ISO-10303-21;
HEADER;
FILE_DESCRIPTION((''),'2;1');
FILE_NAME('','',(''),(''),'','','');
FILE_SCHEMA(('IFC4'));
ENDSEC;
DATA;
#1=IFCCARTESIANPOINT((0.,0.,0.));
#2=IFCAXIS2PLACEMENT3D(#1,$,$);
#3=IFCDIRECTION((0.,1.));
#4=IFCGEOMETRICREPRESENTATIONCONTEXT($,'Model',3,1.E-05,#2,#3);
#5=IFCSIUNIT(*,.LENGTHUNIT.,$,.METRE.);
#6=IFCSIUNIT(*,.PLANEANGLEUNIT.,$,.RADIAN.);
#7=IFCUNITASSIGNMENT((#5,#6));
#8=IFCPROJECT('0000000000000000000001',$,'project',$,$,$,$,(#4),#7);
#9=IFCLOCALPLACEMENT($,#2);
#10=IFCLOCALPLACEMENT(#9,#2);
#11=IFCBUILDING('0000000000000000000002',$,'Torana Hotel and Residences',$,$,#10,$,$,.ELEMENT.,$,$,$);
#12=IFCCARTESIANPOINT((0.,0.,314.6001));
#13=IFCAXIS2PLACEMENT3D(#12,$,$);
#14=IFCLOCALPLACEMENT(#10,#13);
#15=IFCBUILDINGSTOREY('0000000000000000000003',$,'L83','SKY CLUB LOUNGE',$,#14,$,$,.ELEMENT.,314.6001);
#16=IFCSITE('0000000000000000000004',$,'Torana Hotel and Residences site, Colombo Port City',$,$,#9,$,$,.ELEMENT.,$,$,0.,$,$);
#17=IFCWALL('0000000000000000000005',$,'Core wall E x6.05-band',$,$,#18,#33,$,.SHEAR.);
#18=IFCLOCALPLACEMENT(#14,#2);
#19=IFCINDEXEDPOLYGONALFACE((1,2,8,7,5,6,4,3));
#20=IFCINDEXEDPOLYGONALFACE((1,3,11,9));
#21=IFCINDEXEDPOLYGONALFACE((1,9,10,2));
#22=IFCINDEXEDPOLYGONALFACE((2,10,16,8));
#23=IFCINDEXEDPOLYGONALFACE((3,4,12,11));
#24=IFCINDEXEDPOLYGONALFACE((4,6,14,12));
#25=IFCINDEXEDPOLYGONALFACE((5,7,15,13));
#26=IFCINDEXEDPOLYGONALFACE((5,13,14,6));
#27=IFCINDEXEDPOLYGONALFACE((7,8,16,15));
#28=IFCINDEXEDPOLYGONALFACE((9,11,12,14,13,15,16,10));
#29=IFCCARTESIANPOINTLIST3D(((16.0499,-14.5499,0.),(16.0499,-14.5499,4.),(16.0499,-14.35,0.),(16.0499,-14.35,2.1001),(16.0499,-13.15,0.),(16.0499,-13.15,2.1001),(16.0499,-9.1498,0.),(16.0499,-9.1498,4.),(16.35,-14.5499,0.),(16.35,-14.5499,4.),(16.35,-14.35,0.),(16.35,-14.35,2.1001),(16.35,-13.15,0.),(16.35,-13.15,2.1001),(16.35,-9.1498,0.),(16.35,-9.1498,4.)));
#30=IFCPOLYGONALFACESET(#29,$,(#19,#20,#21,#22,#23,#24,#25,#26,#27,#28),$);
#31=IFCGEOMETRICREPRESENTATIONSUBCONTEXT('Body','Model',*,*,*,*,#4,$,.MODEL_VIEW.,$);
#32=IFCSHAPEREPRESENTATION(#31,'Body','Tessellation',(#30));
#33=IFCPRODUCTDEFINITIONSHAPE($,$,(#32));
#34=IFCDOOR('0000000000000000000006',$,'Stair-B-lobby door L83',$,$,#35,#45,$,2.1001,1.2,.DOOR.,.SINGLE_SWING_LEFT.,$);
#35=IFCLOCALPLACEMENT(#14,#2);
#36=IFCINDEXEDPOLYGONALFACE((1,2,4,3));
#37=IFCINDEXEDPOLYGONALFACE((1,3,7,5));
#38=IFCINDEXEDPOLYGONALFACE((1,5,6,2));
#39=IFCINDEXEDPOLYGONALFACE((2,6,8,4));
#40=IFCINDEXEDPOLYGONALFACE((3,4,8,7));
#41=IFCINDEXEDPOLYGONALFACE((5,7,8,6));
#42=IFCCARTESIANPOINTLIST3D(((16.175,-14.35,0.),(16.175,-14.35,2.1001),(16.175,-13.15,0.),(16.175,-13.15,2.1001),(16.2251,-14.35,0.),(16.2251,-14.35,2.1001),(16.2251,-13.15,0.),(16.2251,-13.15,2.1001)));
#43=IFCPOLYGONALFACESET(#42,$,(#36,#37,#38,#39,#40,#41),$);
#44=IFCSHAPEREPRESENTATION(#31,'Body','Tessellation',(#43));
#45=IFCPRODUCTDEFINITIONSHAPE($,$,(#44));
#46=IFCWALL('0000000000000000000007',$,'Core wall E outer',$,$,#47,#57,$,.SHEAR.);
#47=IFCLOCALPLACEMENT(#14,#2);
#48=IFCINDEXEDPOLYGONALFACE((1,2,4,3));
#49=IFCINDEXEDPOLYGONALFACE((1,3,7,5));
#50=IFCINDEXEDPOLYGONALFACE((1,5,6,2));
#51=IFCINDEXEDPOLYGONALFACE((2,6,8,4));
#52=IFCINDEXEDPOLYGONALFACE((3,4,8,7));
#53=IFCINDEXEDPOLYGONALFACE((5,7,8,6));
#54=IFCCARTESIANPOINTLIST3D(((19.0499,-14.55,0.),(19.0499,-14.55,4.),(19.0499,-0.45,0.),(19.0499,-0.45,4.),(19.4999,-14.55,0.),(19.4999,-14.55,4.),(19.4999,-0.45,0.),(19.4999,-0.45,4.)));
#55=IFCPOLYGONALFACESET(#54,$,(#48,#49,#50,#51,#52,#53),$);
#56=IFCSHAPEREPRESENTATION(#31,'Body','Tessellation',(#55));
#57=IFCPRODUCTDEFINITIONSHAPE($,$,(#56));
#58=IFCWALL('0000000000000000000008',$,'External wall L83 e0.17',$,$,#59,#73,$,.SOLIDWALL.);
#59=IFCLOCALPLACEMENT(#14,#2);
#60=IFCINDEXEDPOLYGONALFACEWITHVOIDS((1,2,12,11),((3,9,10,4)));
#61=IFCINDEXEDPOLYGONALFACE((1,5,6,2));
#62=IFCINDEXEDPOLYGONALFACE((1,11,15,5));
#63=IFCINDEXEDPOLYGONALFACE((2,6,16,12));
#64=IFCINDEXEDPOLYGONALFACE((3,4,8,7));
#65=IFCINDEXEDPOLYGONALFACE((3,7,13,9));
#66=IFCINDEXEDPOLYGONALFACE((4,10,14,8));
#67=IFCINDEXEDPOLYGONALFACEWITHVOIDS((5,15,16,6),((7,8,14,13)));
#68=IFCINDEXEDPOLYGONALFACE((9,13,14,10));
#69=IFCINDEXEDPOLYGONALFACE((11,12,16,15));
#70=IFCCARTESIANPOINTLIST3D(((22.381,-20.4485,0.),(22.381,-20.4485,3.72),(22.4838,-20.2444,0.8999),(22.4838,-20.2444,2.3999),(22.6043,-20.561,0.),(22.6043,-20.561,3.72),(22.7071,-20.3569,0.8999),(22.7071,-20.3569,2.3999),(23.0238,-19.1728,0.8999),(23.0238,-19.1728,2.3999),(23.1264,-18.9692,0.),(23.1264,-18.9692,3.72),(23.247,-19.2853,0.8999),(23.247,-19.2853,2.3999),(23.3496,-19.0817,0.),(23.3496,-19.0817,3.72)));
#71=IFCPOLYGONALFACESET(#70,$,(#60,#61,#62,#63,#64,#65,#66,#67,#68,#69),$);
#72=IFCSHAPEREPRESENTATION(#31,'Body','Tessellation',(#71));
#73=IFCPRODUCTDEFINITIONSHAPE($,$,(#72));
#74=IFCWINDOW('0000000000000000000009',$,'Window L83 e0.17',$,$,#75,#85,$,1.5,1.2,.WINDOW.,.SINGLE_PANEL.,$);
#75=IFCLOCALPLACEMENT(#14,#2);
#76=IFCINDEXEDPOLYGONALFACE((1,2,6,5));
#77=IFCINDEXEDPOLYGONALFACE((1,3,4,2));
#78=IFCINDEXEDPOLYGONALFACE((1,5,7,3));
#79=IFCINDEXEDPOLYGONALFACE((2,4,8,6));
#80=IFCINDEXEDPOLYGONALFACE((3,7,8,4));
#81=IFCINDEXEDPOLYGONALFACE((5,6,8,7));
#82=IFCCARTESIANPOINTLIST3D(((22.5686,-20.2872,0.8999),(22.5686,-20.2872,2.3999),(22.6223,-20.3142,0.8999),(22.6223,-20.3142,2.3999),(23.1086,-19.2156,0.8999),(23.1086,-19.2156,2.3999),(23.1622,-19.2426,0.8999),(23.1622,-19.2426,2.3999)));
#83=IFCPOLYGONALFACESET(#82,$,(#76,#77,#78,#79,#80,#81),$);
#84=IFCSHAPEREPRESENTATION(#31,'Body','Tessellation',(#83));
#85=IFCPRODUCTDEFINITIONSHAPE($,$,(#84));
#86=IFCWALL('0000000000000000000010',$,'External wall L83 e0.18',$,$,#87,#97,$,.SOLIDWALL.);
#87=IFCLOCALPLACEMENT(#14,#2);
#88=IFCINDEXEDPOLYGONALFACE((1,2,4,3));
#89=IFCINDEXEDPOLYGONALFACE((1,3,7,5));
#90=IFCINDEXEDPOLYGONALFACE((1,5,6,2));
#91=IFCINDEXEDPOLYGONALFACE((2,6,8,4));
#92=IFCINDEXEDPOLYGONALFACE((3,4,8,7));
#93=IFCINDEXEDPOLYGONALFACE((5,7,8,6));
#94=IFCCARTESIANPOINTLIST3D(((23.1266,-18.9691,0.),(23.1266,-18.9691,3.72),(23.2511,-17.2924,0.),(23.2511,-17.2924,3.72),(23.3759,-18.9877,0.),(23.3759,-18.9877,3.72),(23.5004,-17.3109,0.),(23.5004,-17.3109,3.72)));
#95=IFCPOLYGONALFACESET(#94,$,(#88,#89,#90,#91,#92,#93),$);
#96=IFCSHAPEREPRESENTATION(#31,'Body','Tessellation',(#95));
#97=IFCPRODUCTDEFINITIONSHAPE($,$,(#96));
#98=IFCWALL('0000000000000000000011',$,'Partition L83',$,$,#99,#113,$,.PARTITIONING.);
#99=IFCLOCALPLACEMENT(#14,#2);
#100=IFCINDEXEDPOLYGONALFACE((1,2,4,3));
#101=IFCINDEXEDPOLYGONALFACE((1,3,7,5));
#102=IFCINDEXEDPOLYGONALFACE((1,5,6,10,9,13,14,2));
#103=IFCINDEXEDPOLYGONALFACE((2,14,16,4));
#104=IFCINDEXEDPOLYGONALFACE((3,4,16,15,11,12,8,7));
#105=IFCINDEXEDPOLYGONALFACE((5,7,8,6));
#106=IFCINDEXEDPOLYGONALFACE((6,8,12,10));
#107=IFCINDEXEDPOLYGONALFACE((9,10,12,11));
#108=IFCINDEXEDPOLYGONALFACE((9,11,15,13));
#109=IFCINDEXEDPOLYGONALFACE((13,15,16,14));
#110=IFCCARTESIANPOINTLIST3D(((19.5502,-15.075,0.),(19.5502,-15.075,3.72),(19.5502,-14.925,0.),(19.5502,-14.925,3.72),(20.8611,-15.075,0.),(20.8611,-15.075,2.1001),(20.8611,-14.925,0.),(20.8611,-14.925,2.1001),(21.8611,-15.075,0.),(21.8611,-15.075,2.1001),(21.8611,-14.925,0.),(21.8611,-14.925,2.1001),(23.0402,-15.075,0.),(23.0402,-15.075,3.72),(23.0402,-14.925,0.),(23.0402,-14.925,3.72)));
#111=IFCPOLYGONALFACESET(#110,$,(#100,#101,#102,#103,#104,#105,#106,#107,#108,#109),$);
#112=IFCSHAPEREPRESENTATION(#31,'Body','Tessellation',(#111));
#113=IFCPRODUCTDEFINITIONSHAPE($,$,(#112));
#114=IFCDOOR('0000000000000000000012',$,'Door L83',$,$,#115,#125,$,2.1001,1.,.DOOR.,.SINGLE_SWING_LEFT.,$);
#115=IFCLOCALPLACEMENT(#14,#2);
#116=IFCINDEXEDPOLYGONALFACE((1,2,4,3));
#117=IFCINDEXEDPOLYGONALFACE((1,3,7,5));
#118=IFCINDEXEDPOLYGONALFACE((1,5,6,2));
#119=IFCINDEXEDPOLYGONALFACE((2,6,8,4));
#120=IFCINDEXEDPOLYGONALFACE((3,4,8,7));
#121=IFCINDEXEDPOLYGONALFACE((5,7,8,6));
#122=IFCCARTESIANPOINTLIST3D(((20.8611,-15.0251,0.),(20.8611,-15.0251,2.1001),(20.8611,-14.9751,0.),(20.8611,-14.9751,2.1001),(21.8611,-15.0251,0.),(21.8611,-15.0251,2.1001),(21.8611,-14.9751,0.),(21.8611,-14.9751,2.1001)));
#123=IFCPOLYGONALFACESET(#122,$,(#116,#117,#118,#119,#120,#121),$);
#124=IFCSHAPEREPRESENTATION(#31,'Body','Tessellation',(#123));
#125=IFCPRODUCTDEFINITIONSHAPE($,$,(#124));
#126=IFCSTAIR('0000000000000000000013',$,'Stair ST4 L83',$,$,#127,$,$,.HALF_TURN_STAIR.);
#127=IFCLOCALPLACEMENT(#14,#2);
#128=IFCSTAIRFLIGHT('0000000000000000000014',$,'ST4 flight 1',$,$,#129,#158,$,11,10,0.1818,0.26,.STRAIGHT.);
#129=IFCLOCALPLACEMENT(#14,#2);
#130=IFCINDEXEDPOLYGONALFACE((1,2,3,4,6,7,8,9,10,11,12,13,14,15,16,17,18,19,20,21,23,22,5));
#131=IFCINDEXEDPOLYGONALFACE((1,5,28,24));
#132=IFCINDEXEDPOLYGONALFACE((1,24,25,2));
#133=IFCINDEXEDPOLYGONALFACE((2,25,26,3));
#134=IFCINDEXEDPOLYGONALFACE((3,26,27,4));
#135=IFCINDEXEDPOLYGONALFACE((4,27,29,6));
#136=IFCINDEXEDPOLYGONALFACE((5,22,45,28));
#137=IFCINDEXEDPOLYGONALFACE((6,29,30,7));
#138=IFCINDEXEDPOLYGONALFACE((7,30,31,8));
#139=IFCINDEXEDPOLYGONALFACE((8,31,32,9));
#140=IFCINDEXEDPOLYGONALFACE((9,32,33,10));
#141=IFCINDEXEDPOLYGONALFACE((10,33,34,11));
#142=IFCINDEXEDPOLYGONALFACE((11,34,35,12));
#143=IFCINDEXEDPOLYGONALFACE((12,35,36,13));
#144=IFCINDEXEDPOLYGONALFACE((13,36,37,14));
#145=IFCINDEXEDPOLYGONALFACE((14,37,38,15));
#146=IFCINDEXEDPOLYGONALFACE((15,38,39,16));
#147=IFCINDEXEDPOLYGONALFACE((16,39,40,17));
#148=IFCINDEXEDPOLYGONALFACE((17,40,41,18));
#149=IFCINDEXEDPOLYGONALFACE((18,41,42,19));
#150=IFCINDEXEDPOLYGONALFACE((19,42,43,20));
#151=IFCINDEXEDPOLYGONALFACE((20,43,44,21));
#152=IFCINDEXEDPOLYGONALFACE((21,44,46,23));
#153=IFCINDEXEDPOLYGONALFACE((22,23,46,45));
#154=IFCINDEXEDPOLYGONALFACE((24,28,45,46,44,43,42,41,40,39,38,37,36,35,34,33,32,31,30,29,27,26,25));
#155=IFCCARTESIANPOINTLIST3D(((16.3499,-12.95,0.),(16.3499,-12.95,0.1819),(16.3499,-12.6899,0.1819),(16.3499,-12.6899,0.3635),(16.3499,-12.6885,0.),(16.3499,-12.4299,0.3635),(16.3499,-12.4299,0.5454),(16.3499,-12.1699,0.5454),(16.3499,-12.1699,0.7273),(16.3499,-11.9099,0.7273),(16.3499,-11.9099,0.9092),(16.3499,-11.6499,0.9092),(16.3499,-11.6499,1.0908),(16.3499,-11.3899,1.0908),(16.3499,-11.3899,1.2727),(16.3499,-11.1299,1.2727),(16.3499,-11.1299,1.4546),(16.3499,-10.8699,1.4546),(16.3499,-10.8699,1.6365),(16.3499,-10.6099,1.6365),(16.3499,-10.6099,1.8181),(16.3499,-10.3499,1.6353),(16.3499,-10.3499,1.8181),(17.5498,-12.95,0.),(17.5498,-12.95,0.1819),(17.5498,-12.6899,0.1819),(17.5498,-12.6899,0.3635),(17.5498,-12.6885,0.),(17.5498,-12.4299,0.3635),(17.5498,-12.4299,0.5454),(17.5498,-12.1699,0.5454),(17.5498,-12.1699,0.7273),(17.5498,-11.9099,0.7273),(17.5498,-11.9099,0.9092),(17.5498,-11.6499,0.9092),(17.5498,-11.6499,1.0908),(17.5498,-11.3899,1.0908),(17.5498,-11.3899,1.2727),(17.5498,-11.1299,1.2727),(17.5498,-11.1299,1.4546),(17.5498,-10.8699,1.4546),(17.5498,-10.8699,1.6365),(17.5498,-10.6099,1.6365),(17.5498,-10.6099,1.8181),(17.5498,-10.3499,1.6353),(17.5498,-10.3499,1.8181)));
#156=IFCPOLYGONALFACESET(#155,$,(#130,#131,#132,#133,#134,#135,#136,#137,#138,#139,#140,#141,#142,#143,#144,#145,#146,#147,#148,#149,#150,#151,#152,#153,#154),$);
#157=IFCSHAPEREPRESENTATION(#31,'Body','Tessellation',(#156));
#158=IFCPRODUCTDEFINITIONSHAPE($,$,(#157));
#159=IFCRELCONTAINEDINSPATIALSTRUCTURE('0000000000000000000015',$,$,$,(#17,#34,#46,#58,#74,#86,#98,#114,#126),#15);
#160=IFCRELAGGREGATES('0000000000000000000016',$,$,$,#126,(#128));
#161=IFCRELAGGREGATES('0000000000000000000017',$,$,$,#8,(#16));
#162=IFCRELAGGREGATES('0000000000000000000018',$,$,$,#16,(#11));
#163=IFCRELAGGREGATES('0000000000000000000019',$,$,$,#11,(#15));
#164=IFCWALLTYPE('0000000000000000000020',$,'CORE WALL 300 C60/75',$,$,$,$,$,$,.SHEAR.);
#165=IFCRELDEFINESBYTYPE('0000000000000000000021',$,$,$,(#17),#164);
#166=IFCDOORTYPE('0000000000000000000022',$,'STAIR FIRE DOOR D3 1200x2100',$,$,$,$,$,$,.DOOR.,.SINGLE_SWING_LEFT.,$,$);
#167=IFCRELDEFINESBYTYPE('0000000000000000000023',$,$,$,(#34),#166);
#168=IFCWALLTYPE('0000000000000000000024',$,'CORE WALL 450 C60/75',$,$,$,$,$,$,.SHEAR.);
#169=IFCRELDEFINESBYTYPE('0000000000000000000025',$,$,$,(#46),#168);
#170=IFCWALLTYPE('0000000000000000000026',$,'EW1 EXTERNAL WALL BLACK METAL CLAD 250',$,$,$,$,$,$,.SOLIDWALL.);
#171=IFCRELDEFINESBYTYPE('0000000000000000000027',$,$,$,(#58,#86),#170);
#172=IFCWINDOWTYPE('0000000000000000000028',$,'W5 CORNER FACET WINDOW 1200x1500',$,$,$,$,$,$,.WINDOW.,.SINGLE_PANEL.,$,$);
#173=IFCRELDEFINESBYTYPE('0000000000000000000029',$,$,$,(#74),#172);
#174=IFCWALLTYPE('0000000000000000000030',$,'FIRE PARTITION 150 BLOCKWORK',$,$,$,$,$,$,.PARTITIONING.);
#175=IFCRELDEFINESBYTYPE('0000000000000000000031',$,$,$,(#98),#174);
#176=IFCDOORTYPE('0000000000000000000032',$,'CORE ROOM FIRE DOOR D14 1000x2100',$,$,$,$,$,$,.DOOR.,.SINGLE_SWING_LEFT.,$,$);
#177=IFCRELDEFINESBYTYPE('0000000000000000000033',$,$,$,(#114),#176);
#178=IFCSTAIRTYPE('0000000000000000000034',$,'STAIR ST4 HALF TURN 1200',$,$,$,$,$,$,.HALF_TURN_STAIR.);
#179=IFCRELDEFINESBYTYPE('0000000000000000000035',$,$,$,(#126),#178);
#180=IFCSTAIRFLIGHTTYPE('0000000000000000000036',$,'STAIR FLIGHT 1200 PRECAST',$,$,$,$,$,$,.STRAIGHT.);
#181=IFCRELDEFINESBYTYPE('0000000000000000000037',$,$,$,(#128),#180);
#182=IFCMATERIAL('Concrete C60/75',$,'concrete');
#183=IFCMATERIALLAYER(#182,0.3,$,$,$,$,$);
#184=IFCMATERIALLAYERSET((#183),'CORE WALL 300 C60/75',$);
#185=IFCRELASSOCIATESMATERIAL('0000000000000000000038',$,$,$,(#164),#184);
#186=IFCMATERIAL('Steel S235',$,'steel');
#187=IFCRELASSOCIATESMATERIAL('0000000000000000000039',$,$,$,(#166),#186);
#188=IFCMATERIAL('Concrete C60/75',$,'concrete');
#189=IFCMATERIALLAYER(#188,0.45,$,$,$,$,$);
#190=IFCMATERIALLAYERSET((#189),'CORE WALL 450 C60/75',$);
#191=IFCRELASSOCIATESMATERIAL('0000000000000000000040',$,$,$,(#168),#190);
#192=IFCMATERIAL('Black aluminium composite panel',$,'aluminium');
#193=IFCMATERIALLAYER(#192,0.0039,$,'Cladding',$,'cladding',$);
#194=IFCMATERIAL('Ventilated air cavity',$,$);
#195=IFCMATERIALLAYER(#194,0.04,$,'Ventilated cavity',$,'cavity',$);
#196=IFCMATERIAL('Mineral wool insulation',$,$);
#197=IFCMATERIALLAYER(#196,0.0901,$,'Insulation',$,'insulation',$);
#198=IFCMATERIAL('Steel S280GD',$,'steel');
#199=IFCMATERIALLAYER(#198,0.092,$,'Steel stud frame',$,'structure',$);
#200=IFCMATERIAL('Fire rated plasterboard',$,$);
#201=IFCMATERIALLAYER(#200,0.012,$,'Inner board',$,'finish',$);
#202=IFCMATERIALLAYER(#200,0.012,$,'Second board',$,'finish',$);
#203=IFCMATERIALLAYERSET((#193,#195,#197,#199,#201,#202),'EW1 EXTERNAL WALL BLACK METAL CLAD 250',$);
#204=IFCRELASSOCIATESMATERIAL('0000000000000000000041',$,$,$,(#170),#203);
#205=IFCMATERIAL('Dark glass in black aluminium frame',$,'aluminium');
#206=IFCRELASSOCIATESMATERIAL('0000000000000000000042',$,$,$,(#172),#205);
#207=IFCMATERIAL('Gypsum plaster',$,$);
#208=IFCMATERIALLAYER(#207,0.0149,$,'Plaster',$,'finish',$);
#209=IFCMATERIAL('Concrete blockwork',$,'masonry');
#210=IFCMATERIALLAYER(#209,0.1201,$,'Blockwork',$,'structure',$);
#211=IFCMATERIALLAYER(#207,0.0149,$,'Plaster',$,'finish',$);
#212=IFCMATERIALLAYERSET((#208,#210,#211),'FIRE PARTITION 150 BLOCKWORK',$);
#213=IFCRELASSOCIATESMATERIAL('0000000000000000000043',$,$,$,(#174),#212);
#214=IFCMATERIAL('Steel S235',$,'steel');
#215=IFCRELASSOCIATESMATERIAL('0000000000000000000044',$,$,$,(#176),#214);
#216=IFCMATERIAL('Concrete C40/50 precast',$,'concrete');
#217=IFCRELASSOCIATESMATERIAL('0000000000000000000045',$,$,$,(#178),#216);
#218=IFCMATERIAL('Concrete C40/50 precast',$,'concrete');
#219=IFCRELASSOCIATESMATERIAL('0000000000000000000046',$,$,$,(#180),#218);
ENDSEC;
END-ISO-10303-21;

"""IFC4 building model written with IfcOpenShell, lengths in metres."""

from ifc_helpers import new_model, si_unit, direction, frame, frame_2d, origin, place, context, subcontext, project, spatial, polyline, rectangle, outline, extrude, material, layer, layer_set, type_object, element, fill, aggregate, save


model = new_model("IFC4")

# Units and contexts
model_context = context("Model", 3, precision=1e-05, world=origin(), true_north=direction((0.0, 1.0)))
body_context = subcontext(model_context, "Body", "Model", "MODEL_VIEW")
ifc_project = project(units=[si_unit("LENGTHUNIT", "METRE"), si_unit("PLANEANGLEUNIT", "RADIAN")], contexts=[model_context])

# Site, building, storey
site_placement = place(None, origin())
site = spatial("IfcSite", under=ifc_project, at=site_placement, Name="Torana Hotel and Residences site, Colombo Port City", CompositionType="ELEMENT", RefElevation=0.0)
building_placement = place(site_placement, origin())
building = spatial("IfcBuilding", under=site, at=building_placement, Name="Torana Hotel and Residences", CompositionType="ELEMENT")
storey_placement = place(building_placement, frame((0.0, 0.0, 314.6001)))
storey = spatial("IfcBuildingStorey", under=building, at=storey_placement, Name="L83", Description="SKY CLUB LOUNGE", CompositionType="ELEMENT", Elevation=314.6001)

# Wall, opening, door
ifc_material_1 = material(Name="Concrete C60/75", Category="concrete")
ifc_layer_1 = layer(ifc_material_1, 0.3)
ifc_layer_set_1 = layer_set([ifc_layer_1], Name="CORE WALL 300 C60/75")
wall_type_1 = type_object("IfcWallType", Name="CORE WALL 300 C60/75", PredefinedType="SHEAR", material=ifc_layer_set_1)
ifc_material_2 = material(Name="Steel S235", Category="steel")
door_type_1 = type_object("IfcDoorType", Name="STAIR FIRE DOOR D3 1200x2100", OperationType="SINGLE_SWING_LEFT", PredefinedType="DOOR", material=ifc_material_2)
wall_1_placement = place(storey_placement, frame((16.2, -14.55, 0.0), z_axis=(0.0, 0.0, 1.0), x_axis=(0.0, 1.0, 0.0)))
wall_1 = element("IfcWall", 1, at=wall_1_placement, inside=storey, type_object=wall_type_1, Name="Core wall E x6.05-band", PredefinedType="SHEAR", context=body_context, shape_type="SweptSolid", body=[
    extrude(rectangle(XDim=5.4001, YDim=0.3, at=frame_2d((2.7002, 0.0))), origin(), (0.0, 0.0, 1.0), 4.0),
])
opening_1_placement = place(wall_1_placement, frame((0.2, 0.0, 0.0)))
opening_1 = element("IfcOpeningElement", 2, at=opening_1_placement, cuts=wall_1, PredefinedType="OPENING", context=body_context, shape_type="SweptSolid", body=[
    extrude(rectangle(XDim=1.2, YDim=2.1001, at=frame_2d((0.6001, 1.05))), frame((0.0, 0.1599, 0.0), z_axis=(0.0, -1.0, 0.0), x_axis=(1.0, 0.0, 0.0)), (0.0, 0.0, 1.0), 0.3201),
])
door_1_placement = place(opening_1_placement, frame((0.6001, 0.0, 0.0), z_axis=(0.0, 0.0, 1.0), x_axis=(-1.0, 0.0, 0.0)))
door_1 = element("IfcDoor", 3, at=door_1_placement, inside=storey, type_object=door_type_1, Name="Stair-B-lobby door L83", OperationType="SINGLE_SWING_LEFT", OverallHeight=2.1001, OverallWidth=1.2, PredefinedType="DOOR", context=body_context, shape_type="SweptSolid", body=[
    extrude(rectangle(XDim=1.2, YDim=2.1001, at=frame_2d((0.0, 1.05))), frame((0.0, -0.0249, 0.0), z_axis=(0.0, 1.0, 0.0), x_axis=(-1.0, 0.0, 0.0)), (0.0, 0.0, 1.0), 0.05),
])
fill(opening_1, door_1)

# Wall
ifc_material_3 = material(Name="Concrete C60/75", Category="concrete")
ifc_layer_2 = layer(ifc_material_3, 0.45)
ifc_layer_set_2 = layer_set([ifc_layer_2], Name="CORE WALL 450 C60/75")
wall_type_2 = type_object("IfcWallType", Name="CORE WALL 450 C60/75", PredefinedType="SHEAR", material=ifc_layer_set_2)
wall_2_placement = place(storey_placement, frame((19.2749, -14.55, 0.0), z_axis=(0.0, 0.0, 1.0), x_axis=(0.0, 1.0, 0.0)))
element("IfcWall", 4, at=wall_2_placement, inside=storey, type_object=wall_type_2, Name="Core wall E outer", PredefinedType="SHEAR", context=body_context, shape_type="SweptSolid", body=[
    extrude(rectangle(XDim=14.1001, YDim=0.45, at=frame_2d((7.05, 0.0))), origin(), (0.0, 0.0, 1.0), 4.0),
])

# Wall, opening, window
ifc_material_4 = material(Name="Black aluminium composite panel", Category="aluminium")
ifc_layer_3 = layer(ifc_material_4, 0.0039, Name="Cladding", Category="cladding")
ifc_material_5 = material(Name="Ventilated air cavity")
ifc_layer_4 = layer(ifc_material_5, 0.04, Name="Ventilated cavity", Category="cavity")
ifc_material_6 = material(Name="Mineral wool insulation")
ifc_layer_5 = layer(ifc_material_6, 0.0901, Name="Insulation", Category="insulation")
ifc_material_7 = material(Name="Steel S280GD", Category="steel")
ifc_layer_6 = layer(ifc_material_7, 0.092, Name="Steel stud frame", Category="structure")
ifc_material_8 = material(Name="Fire rated plasterboard")
ifc_layer_7 = layer(ifc_material_8, 0.012, Name="Inner board", Category="finish")
ifc_layer_8 = layer(ifc_material_8, 0.012, Name="Second board", Category="finish")
ifc_layer_set_3 = layer_set([ifc_layer_3, ifc_layer_4, ifc_layer_5, ifc_layer_6, ifc_layer_7, ifc_layer_8], Name="EW1 EXTERNAL WALL BLACK METAL CLAD 250")
wall_type_3 = type_object("IfcWallType", Name="EW1 EXTERNAL WALL BLACK METAL CLAD 250", PredefinedType="SOLIDWALL", material=ifc_layer_set_3)
wall_3_placement = place(storey_placement, frame((22.4927, -20.5046, 0.0), z_axis=(0.0, 0.0, 1.0), x_axis=(0.449982, 0.893037, 0.0)))
wall_3 = element("IfcWall", 5, at=wall_3_placement, inside=storey, type_object=wall_type_3, Name="External wall L83 e0.17", PredefinedType="SOLIDWALL", context=body_context, shape_type="SweptSolid", body=[
    extrude(rectangle(XDim=1.6565, YDim=0.25, at=frame_2d((0.8281, 0.0))), origin(), (0.0, 0.0, 1.0), 3.72),
])
opening_2_placement = place(wall_3_placement, frame((0.2283, 0.0, 0.8999)))
opening_2 = element("IfcOpeningElement", 6, at=opening_2_placement, cuts=wall_3, PredefinedType="OPENING", context=body_context, shape_type="SweptSolid", body=[
    extrude(rectangle(XDim=1.2, YDim=1.5, at=frame_2d((0.6001, 0.75))), frame((0.0, 0.135, 0.0), z_axis=(0.0, -1.0, 0.0), x_axis=(1.0, 0.0, 0.0)), (0.0, 0.0, 1.0), 0.27),
])
ifc_material_9 = material(Name="Dark glass in black aluminium frame", Category="aluminium")
window_type = type_object("IfcWindowType", Name="W5 CORNER FACET WINDOW 1200x1500", PartitioningType="SINGLE_PANEL", PredefinedType="WINDOW", material=ifc_material_9)
window_placement = place(opening_2_placement, origin())
window = element("IfcWindow", 7, at=window_placement, inside=storey, type_object=window_type, Name="Window L83 e0.17", OverallHeight=1.5, OverallWidth=1.2, PartitioningType="SINGLE_PANEL", PredefinedType="WINDOW", context=body_context, shape_type="SweptSolid", body=[
    extrude(rectangle(XDim=1.2, YDim=1.5, at=frame_2d((0.6001, 0.75))), frame((0.0, 0.03, 0.0), z_axis=(0.0, -1.0, 0.0), x_axis=(1.0, 0.0, 0.0)), (0.0, 0.0, 1.0), 0.0601),
])
fill(opening_2, window)

# Wall
wall_4_placement = place(storey_placement, frame((23.2512, -18.9785, 0.0), z_axis=(0.0, 0.0, 1.0), x_axis=(0.074054, 0.997254, 0.0)))
element("IfcWall", 8, at=wall_4_placement, inside=storey, type_object=wall_type_3, Name="External wall L83 e0.18", PredefinedType="SOLIDWALL", context=body_context, shape_type="SweptSolid", body=[
    extrude(rectangle(XDim=1.6814, YDim=0.25, at=frame_2d((0.8408, 0.0))), origin(), (0.0, 0.0, 1.0), 3.72),
])

# Wall, opening, door
ifc_material_10 = material(Name="Gypsum plaster")
ifc_layer_9 = layer(ifc_material_10, 0.0149, Name="Plaster", Category="finish")
ifc_material_11 = material(Name="Concrete blockwork", Category="masonry")
ifc_layer_10 = layer(ifc_material_11, 0.1201, Name="Blockwork", Category="structure")
ifc_layer_11 = layer(ifc_material_10, 0.0149, Name="Plaster", Category="finish")
ifc_layer_set_4 = layer_set([ifc_layer_9, ifc_layer_10, ifc_layer_11], Name="FIRE PARTITION 150 BLOCKWORK")
wall_type_4 = type_object("IfcWallType", Name="FIRE PARTITION 150 BLOCKWORK", PredefinedType="PARTITIONING", material=ifc_layer_set_4)
wall_5_placement = place(storey_placement, frame((19.55, -15.0, 0.0), z_axis=(0.0, 0.0, 1.0), x_axis=(1.0, 0.0, 0.0)))
wall_5 = element("IfcWall", 9, at=wall_5_placement, inside=storey, type_object=wall_type_4, Name="Partition L83", PredefinedType="PARTITIONING", context=body_context, shape_type="SweptSolid", body=[
    extrude(rectangle(XDim=3.49, YDim=0.1499, at=frame_2d((1.7451, 0.0))), origin(), (0.0, 0.0, 1.0), 3.72),
])
opening_3_placement = place(wall_5_placement, frame((1.311, 0.0, 0.0)))
opening_3 = element("IfcOpeningElement", 10, at=opening_3_placement, cuts=wall_5, PredefinedType="OPENING", context=body_context, shape_type="SweptSolid", body=[
    extrude(rectangle(XDim=1.0, YDim=2.1001, at=frame_2d((0.5, 1.05))), frame((0.0, 0.085, 0.0), z_axis=(0.0, -1.0, 0.0), x_axis=(1.0, 0.0, 0.0)), (0.0, 0.0, 1.0), 0.1699),
])
ifc_material_12 = material(Name="Steel S235", Category="steel")
door_type_2 = type_object("IfcDoorType", Name="CORE ROOM FIRE DOOR D14 1000x2100", OperationType="SINGLE_SWING_LEFT", PredefinedType="DOOR", material=ifc_material_12)
door_2_placement = place(opening_3_placement, origin())
door_2 = element("IfcDoor", 11, at=door_2_placement, inside=storey, type_object=door_type_2, Name="Door L83", OperationType="SINGLE_SWING_LEFT", OverallHeight=2.1001, OverallWidth=1.0, PredefinedType="DOOR", context=body_context, shape_type="SweptSolid", body=[
    extrude(rectangle(XDim=1.0, YDim=2.1001, at=frame_2d((0.5, 1.05))), frame((0.0, 0.0249, 0.0), z_axis=(0.0, -1.0, 0.0), x_axis=(1.0, 0.0, 0.0)), (0.0, 0.0, 1.0), 0.05),
])
fill(opening_3, door_2)

# Stair, stair flight
ifc_material_13 = material(Name="Concrete C40/50 precast", Category="concrete")
stair_type = type_object("IfcStairType", Name="STAIR ST4 HALF TURN 1200", PredefinedType="HALF_TURN_STAIR", material=ifc_material_13)
stair_placement = place(storey_placement, origin())
stair = element("IfcStair", 12, at=stair_placement, inside=storey, type_object=stair_type, Name="Stair ST4 L83", PredefinedType="HALF_TURN_STAIR")
ifc_material_14 = material(Name="Concrete C40/50 precast", Category="concrete")
stair_flight_type = type_object("IfcStairFlightType", Name="STAIR FLIGHT 1200 PRECAST", PredefinedType="STRAIGHT", material=ifc_material_14)
stair_flight_placement = place(storey_placement, frame((16.95, -12.95, 0.0), z_axis=(0.0, 0.0, 1.0), x_axis=(0.0, 1.0, 0.0)))
stair_flight = element("IfcStairFlight", 13, at=stair_flight_placement, type_object=stair_flight_type, Name="ST4 flight 1", NumberOfRisers=11, NumberOfTreads=10, PredefinedType="STRAIGHT", RiserHeight=0.1818, TreadLength=0.26, context=body_context, shape_type="SweptSolid", body=[
    extrude(outline(polyline([(0.0, 0.0), (0.0, 0.1819), (0.26, 0.1819), (0.26, 0.3635), (0.52, 0.3635), (0.52, 0.5454), (0.78, 0.5454), (0.78, 0.7273), (1.04, 0.7273), (1.04, 0.9092), (1.3, 0.9092), (1.3, 1.0908), (1.5601, 1.0908), (1.5601, 1.2727), (1.8201, 1.2727), (1.8201, 1.4546), (2.0801, 1.4546), (2.0801, 1.6365), (2.3401, 1.6365), (2.3401, 1.8181), (2.6001, 1.8181), (2.6001, 2.0), (2.6001, 1.6353), (0.2615, 0.0), (0.0, 0.0)])), frame((0.0, 0.6001, 0.0), z_axis=(0.0, -1.0, 0.0), x_axis=(1.0, 0.0, 0.0)), (0.0, 0.0, 1.0), 1.2),
])
aggregate(stair, [stair_flight])

save(model, "model.ifc")
